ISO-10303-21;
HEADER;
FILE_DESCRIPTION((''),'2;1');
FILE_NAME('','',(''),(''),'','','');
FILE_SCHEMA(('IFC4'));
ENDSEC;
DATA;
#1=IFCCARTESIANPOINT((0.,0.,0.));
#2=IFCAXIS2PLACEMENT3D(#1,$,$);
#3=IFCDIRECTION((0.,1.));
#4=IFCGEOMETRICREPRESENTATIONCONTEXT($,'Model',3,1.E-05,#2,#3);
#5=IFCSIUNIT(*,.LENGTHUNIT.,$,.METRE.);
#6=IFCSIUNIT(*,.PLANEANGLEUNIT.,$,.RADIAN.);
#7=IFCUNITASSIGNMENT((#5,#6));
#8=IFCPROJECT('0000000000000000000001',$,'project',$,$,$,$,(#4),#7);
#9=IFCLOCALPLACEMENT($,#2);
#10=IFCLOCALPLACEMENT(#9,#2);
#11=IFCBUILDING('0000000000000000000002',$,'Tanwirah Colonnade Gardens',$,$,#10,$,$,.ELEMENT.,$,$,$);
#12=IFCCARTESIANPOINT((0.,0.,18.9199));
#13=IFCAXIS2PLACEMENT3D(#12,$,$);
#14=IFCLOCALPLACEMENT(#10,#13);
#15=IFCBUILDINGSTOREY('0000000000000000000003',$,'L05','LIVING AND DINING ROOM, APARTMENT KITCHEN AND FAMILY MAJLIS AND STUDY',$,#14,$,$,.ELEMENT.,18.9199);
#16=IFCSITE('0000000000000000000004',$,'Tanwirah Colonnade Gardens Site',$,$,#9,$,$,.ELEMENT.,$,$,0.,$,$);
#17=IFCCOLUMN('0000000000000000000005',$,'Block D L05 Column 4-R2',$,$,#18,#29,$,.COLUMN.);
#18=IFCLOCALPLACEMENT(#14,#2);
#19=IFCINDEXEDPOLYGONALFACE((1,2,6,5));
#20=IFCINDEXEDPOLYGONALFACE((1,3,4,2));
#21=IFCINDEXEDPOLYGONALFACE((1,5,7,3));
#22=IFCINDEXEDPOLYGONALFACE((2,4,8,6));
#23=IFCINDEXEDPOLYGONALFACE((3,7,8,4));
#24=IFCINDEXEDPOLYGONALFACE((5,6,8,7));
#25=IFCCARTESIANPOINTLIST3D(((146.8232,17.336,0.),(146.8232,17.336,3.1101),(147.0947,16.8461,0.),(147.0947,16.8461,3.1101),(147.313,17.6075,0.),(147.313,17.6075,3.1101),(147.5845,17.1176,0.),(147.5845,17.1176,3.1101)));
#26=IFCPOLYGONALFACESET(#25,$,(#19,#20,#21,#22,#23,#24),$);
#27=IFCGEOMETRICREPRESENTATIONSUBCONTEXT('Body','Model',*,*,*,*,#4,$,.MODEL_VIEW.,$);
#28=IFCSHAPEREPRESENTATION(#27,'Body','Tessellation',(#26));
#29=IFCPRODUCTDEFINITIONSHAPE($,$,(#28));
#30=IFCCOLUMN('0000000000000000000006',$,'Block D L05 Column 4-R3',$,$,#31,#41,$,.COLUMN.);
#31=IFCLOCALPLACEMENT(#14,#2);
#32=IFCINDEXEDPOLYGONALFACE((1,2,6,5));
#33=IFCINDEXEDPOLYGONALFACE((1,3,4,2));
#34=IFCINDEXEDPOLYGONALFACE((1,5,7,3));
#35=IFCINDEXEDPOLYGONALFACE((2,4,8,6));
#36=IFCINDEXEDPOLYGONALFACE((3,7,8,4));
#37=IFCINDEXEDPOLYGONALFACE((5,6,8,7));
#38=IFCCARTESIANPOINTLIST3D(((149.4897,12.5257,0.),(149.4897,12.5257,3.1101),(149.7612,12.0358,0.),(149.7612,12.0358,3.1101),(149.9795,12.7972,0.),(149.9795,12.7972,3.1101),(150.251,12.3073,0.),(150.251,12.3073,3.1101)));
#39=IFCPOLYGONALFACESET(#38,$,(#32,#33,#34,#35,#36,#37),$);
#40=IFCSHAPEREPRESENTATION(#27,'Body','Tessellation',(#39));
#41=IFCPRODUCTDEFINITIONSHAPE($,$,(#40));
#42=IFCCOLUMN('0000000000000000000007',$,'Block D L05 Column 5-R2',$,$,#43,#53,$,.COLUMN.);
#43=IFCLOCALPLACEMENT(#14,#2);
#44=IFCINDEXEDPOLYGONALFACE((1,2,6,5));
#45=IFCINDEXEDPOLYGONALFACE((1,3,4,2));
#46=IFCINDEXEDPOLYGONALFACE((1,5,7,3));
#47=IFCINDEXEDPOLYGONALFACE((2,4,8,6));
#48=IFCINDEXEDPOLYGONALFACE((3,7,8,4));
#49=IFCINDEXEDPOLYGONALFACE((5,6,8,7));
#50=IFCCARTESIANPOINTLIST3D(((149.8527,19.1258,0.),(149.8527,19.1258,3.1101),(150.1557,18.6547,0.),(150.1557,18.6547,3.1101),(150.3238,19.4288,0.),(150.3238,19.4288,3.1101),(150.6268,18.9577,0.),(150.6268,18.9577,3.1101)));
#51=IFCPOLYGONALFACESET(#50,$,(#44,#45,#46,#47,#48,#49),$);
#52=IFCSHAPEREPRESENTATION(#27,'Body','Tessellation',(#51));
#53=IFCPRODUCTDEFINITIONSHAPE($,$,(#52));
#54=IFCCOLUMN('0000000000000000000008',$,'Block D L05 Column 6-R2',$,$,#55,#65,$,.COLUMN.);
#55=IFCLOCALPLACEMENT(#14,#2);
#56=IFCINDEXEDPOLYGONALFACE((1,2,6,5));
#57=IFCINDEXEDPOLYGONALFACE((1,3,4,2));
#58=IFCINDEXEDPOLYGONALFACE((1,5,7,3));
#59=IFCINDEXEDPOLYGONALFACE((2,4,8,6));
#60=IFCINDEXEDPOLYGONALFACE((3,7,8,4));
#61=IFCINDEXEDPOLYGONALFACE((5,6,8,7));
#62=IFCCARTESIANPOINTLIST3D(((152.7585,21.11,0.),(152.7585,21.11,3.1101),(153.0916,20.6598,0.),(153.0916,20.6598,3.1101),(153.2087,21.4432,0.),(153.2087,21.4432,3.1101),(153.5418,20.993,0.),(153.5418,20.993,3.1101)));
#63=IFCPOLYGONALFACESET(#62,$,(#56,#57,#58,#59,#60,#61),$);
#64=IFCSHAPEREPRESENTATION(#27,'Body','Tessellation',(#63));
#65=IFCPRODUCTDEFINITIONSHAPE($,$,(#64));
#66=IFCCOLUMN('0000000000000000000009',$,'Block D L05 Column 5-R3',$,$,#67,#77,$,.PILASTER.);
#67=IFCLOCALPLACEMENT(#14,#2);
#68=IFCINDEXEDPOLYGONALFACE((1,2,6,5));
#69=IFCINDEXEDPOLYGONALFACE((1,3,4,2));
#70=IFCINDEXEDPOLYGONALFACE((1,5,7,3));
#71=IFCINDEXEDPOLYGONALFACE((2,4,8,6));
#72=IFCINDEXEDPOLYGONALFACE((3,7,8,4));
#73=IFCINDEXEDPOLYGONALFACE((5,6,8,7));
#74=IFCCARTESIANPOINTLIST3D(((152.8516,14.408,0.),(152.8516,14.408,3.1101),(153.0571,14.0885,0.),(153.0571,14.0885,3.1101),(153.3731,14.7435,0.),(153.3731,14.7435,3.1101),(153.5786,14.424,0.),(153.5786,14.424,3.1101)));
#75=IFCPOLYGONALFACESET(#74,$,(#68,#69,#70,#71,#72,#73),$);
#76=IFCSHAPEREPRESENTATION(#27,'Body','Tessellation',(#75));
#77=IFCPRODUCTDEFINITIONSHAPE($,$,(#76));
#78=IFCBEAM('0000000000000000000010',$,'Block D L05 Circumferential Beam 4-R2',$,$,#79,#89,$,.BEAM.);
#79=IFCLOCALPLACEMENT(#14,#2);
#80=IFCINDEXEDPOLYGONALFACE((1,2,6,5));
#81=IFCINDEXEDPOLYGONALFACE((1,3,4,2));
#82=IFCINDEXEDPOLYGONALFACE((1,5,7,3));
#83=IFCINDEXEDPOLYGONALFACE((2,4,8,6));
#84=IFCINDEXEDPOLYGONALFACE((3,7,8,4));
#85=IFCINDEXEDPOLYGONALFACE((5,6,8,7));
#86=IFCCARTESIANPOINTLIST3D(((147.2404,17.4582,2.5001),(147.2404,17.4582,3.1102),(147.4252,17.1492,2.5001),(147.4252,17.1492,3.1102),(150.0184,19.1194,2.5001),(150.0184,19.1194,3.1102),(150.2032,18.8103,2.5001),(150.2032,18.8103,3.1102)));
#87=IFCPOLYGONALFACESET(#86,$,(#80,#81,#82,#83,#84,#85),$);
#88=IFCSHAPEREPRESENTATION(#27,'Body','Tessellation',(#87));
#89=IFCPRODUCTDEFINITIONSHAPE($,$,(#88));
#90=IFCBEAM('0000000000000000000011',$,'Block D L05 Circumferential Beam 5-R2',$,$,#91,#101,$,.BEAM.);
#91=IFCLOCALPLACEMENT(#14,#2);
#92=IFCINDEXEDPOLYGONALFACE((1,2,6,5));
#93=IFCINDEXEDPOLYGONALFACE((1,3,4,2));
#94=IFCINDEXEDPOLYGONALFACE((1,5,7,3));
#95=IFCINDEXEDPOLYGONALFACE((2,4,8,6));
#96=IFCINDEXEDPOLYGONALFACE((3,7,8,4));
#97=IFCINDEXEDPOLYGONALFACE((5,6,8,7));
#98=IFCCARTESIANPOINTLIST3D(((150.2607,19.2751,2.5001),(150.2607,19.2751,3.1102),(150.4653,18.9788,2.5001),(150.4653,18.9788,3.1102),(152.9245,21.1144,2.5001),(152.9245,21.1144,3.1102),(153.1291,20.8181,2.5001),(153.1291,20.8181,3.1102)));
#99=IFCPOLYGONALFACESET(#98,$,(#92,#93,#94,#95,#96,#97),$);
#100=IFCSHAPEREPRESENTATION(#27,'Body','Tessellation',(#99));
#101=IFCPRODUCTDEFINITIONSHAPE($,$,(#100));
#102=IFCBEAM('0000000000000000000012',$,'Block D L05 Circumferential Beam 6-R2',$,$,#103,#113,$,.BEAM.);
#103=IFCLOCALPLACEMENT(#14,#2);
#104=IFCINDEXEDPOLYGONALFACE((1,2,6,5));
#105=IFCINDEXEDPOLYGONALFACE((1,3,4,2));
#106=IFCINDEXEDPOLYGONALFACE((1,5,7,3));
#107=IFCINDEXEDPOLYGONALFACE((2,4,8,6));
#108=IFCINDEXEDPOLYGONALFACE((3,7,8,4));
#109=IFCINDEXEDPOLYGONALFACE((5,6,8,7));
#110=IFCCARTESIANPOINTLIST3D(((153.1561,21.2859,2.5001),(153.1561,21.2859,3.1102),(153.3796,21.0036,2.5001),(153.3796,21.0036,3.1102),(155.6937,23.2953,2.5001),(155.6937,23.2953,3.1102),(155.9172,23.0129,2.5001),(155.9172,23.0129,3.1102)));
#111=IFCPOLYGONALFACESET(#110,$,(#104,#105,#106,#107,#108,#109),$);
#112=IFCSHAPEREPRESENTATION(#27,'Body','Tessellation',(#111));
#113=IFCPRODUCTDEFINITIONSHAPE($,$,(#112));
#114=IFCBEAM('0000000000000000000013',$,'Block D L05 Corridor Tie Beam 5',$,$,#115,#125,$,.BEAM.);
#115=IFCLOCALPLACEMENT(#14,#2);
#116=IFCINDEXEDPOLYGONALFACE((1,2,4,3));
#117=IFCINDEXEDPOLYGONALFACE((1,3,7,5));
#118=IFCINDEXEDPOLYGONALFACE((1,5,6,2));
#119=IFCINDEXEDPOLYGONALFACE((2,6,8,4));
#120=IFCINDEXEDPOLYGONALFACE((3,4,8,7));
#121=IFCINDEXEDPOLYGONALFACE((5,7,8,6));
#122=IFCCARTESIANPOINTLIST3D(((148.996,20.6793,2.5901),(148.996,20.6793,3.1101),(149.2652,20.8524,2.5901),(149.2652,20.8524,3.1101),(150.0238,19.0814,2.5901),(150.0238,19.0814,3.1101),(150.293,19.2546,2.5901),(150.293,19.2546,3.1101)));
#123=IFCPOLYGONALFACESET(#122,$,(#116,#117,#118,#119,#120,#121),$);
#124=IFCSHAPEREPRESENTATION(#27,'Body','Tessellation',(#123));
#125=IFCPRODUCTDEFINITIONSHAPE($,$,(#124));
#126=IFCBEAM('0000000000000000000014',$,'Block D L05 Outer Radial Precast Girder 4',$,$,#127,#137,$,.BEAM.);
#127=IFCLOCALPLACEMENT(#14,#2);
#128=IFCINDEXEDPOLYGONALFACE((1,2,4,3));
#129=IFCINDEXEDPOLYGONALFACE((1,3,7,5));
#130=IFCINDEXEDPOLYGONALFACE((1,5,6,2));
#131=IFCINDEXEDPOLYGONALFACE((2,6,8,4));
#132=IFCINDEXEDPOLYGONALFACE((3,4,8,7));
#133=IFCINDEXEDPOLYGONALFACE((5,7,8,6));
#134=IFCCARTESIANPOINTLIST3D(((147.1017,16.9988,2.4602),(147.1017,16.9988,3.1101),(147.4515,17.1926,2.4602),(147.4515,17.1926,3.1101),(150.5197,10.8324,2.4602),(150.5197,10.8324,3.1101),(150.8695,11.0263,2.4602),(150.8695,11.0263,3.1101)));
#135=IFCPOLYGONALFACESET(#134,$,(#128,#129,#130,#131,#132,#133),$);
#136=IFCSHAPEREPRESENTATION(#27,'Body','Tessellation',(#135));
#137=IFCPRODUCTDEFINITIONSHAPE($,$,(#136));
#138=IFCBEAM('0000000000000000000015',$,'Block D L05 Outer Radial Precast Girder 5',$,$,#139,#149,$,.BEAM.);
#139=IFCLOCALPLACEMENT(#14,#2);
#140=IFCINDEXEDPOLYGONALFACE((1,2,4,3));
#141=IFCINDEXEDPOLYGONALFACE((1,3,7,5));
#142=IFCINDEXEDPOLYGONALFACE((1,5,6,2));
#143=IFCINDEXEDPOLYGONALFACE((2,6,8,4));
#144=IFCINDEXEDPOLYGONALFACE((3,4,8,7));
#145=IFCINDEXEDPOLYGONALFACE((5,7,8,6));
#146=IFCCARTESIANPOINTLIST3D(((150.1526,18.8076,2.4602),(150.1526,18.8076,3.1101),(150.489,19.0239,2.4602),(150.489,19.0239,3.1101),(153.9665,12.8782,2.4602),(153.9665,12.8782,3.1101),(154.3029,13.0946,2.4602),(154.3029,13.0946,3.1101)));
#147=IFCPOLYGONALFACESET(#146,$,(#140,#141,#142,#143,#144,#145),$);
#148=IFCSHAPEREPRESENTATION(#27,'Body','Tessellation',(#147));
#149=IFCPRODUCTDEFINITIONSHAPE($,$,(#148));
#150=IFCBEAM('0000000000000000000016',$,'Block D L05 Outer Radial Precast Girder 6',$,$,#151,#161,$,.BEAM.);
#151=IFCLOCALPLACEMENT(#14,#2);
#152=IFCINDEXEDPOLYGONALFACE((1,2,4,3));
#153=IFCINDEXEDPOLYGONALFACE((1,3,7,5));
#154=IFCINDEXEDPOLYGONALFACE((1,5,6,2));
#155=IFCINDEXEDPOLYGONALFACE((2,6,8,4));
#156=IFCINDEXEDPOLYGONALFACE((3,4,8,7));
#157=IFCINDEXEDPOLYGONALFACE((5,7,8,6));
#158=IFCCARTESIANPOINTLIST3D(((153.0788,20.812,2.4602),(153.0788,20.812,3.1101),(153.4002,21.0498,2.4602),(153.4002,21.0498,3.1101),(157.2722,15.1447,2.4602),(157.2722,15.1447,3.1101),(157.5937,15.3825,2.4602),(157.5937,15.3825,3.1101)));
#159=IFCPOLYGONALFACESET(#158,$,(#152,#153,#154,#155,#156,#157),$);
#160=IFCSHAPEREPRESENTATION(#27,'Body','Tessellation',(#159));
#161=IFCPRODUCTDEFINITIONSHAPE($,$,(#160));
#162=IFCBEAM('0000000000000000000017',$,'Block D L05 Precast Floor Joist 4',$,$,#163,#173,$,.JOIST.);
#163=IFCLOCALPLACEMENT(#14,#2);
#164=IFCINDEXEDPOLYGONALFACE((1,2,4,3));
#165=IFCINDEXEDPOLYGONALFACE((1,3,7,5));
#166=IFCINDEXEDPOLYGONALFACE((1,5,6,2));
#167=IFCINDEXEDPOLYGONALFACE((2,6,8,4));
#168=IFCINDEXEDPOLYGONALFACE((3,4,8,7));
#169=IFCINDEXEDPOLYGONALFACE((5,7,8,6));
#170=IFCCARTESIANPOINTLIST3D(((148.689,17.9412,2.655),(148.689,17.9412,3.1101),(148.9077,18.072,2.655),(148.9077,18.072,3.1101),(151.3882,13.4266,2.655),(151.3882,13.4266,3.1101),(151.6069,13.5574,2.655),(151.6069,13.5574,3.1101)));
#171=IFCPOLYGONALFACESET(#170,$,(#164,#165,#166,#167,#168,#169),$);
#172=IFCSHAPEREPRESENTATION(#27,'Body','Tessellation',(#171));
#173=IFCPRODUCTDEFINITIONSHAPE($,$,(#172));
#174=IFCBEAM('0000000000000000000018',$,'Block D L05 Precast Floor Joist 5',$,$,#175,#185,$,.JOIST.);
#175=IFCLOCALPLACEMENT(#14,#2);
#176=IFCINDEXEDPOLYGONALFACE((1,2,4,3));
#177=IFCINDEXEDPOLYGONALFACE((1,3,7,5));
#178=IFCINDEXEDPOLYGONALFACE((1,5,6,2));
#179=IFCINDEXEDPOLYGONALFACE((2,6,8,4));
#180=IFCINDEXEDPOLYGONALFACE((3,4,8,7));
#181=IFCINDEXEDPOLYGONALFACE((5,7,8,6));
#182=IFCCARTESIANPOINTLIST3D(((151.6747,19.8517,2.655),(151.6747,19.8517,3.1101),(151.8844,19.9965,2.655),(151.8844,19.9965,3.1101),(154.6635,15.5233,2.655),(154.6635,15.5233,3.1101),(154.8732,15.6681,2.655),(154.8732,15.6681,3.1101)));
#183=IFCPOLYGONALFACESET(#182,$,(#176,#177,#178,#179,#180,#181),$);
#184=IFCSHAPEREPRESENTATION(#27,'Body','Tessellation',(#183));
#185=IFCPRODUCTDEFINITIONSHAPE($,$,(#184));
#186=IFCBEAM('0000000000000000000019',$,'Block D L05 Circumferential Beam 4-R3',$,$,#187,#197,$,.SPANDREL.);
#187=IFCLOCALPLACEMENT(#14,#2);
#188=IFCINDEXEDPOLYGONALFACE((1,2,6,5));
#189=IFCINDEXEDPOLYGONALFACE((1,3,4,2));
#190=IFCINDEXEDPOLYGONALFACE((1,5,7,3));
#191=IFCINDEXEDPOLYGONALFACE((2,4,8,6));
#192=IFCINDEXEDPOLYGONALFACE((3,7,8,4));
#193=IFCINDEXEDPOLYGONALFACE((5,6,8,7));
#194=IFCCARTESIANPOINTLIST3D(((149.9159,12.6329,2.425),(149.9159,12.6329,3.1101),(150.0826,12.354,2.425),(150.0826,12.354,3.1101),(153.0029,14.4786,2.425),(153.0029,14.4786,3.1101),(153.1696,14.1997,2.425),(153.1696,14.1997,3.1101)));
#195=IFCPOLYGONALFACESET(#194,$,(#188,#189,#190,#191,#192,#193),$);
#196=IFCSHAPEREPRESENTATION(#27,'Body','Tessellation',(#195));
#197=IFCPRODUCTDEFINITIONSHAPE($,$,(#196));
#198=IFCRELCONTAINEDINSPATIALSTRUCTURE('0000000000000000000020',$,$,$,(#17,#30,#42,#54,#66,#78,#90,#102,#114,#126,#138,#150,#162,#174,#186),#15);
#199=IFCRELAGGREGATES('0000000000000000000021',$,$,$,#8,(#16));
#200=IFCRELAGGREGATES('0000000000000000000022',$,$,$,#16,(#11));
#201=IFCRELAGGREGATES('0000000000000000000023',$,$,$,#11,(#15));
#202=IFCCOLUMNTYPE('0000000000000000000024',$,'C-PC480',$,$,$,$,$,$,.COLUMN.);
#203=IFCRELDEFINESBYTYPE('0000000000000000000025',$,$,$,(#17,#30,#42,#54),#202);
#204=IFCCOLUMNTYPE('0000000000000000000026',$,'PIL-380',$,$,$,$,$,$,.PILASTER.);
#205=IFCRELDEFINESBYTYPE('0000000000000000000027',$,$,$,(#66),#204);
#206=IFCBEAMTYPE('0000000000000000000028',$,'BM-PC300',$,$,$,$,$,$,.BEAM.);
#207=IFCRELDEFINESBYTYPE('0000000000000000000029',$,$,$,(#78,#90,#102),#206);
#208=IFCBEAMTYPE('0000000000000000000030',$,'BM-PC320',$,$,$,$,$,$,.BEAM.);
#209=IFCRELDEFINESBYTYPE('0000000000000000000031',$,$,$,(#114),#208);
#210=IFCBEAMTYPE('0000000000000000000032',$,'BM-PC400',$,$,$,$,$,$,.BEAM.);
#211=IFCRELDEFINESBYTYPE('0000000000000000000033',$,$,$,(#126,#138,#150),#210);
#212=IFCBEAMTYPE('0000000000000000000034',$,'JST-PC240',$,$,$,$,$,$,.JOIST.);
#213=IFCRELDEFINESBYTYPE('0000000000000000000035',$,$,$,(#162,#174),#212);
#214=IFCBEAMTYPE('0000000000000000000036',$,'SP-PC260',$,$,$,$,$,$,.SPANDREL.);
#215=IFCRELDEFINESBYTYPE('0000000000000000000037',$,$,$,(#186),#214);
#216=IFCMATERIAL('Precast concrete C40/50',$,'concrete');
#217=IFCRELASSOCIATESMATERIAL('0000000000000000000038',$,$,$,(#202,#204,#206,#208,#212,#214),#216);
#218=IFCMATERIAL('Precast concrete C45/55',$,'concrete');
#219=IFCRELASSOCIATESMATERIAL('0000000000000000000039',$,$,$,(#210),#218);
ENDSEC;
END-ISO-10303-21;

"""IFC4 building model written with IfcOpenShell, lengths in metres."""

from ifc_helpers import new_model, si_unit, direction, frame, origin, origin_2d, place, context, subcontext, project, spatial, rectangle, extrude, material, material_profile, profile_set, type_object, element, save


model = new_model("IFC4")

# Units and contexts
model_context = context("Model", 3, precision=1e-05, world=origin(), true_north=direction((0.0, 1.0)))
body_context = subcontext(model_context, "Body", "Model", "MODEL_VIEW")
ifc_project = project(units=[si_unit("LENGTHUNIT", "METRE"), si_unit("PLANEANGLEUNIT", "RADIAN")], contexts=[model_context])

# Site, building, storey
site_placement = place(None, origin())
site = spatial("IfcSite", under=ifc_project, at=site_placement, Name="Tanwirah Colonnade Gardens Site", CompositionType="ELEMENT", RefElevation=0.0)
building_placement = place(site_placement, origin())
building = spatial("IfcBuilding", under=site, at=building_placement, Name="Tanwirah Colonnade Gardens", CompositionType="ELEMENT")
storey_placement = place(building_placement, frame((0.0, 0.0, 18.9199)))
storey = spatial("IfcBuildingStorey", under=building, at=storey_placement, Name="L05", Description="LIVING AND DINING ROOM, APARTMENT KITCHEN AND FAMILY MAJLIS AND STUDY", CompositionType="ELEMENT", Elevation=18.9199)

# Columns
ifc_material_1 = material(Name="Precast concrete C40/50", Category="concrete")
ifc_material_profile_1 = material_profile(ifc_material_1, rectangle(XDim=0.5601, YDim=0.5601, at=origin_2d()), Name="PC-COL 560x560")
ifc_profile_set_1 = profile_set([ifc_material_profile_1], Name="Precast concrete C40/50")
column_type_1 = type_object("IfcColumnType", Name="C-PC480", PredefinedType="COLUMN", material=ifc_profile_set_1)
for number, where, z_axis, x_axis, name in (
    (1, (147.2039, 17.2268, 0.0), (0.0, 0.0, 1.0), (0.48481, -0.87462, 0.0), "Block D L05 Column 4-R2"),
    (2, (149.8704, 12.4165, 0.0), (0.0, 0.0, 1.0), (0.48481, -0.87462, 0.0), "Block D L05 Column 4-R3"),
    (3, (150.2397, 19.0417, 0.0), (0.0, 0.0, 1.0), (0.540974, -0.841039, 0.0), "Block D L05 Column 5-R2"),
    (4, (153.1501, 21.0515, 0.0), (0.0, 0.0, 1.0), (0.594823, -0.803857, 0.0), "Block D L05 Column 6-R2"),
):
    element("IfcColumn", number, at=place(storey_placement, frame(where, z_axis=z_axis, x_axis=x_axis)), inside=storey, type_object=column_type_1, Name=name, PredefinedType="COLUMN", context=body_context, shape_type="SweptSolid", body=[
        extrude(rectangle(XDim=0.5601, YDim=0.5601, at=origin_2d()), origin(), (0.0, 0.0, 1.0), 3.1101),
    ])
ifc_material_profile_2 = material_profile(ifc_material_1, rectangle(XDim=0.3799, YDim=0.6201, at=origin_2d()), Name="PC-PIL 380x620")
ifc_profile_set_2 = profile_set([ifc_material_profile_2], Name="Precast concrete C40/50")
column_type_2 = type_object("IfcColumnType", Name="PIL-380", PredefinedType="PILASTER", material=ifc_profile_set_2)
column_placement = place(storey_placement, frame((153.2151, 14.416, 0.0), z_axis=(0.0, 0.0, 1.0), x_axis=(0.540974, -0.841039, 0.0)))
element("IfcColumn", 5, at=column_placement, inside=storey, type_object=column_type_2, Name="Block D L05 Column 5-R3", PredefinedType="PILASTER", context=body_context, shape_type="SweptSolid", body=[
    extrude(rectangle(XDim=0.3799, YDim=0.6201, at=origin_2d()), origin(), (0.0, 0.0, 1.0), 3.1101),
])

# Beams
ifc_material_profile_3 = material_profile(ifc_material_1, rectangle(XDim=0.3601, YDim=0.6101, at=origin_2d()), Name="PC-BM 360x610")
ifc_profile_set_3 = profile_set([ifc_material_profile_3], Name="Precast concrete C40/50")
beam_type_1 = type_object("IfcBeamType", Name="BM-PC300", PredefinedType="BEAM", material=ifc_profile_set_3)
beam_1_placement = place(storey_placement, frame((147.3328, 17.3037, 2.8052), z_axis=(0.858271, 0.513197, 0.0), x_axis=(-0.513197, 0.858271, 0.0)))
element("IfcBeam", 6, at=beam_1_placement, inside=storey, type_object=beam_type_1, Name="Block D L05 Circumferential Beam 4-R2", PredefinedType="BEAM", context=body_context, shape_type="SweptSolid", body=[
    extrude(rectangle(XDim=0.3601, YDim=0.6101, at=origin_2d()), origin(), (0.0, 0.0, 1.0), 3.2368),
])
beam_2_placement = place(storey_placement, frame((150.363, 19.127, 2.8052), z_axis=(0.822889, 0.568202, 0.0), x_axis=(-0.568202, 0.822889, 0.0)))
element("IfcBeam", 7, at=beam_2_placement, inside=storey, type_object=beam_type_1, Name="Block D L05 Circumferential Beam 5-R2", PredefinedType="BEAM", context=body_context, shape_type="SweptSolid", body=[
    extrude(rectangle(XDim=0.3601, YDim=0.6101, at=origin_2d()), origin(), (0.0, 0.0, 1.0), 3.2371),
])
beam_3_placement = place(storey_placement, frame((153.2678, 21.1448, 2.8052), z_axis=(0.783994, 0.620769, 0.0), x_axis=(-0.620769, 0.783994, 0.0)))
element("IfcBeam", 8, at=beam_3_placement, inside=storey, type_object=beam_type_1, Name="Block D L05 Circumferential Beam 6-R2", PredefinedType="BEAM", context=body_context, shape_type="SweptSolid", body=[
    extrude(rectangle(XDim=0.3601, YDim=0.6101, at=origin_2d()), origin(), (0.0, 0.0, 1.0), 3.2368),
])
ifc_material_profile_4 = material_profile(ifc_material_1, rectangle(XDim=0.3201, YDim=0.52, at=origin_2d()), Name="PC-BM 320x520")
ifc_profile_set_4 = profile_set([ifc_material_profile_4], Name="Precast concrete C40/50")
beam_type_2 = type_object("IfcBeamType", Name="BM-PC320", PredefinedType="BEAM", material=ifc_profile_set_4)
beam_4_placement = place(storey_placement, frame((149.1306, 20.7659, 2.8501), z_axis=(0.540985, -0.841032, 0.0), x_axis=(0.841032, 0.540985, 0.0)))
element("IfcBeam", 9, at=beam_4_placement, inside=storey, type_object=beam_type_2, Name="Block D L05 Corridor Tie Beam 5", PredefinedType="BEAM", context=body_context, shape_type="SweptSolid", body=[
    extrude(rectangle(XDim=0.3201, YDim=0.52, at=origin_2d()), origin(), (0.0, 0.0, 1.0), 1.8999),
])
ifc_material_2 = material(Name="Precast concrete C45/55", Category="concrete")
ifc_material_profile_5 = material_profile(ifc_material_2, rectangle(XDim=0.3999, YDim=0.6499, at=origin_2d()), Name="PC-BM 400x650")
ifc_profile_set_5 = profile_set([ifc_material_profile_5], Name="Precast concrete C45/55")
beam_type_3 = type_object("IfcBeamType", Name="BM-PC400", PredefinedType="BEAM", material=ifc_profile_set_5)
beam_5_placement = place(storey_placement, frame((147.2766, 17.0957, 2.7852), z_axis=(0.484805, -0.874622, 0.0), x_axis=(0.874622, 0.484805, 0.0)))
element("IfcBeam", 10, at=beam_5_placement, inside=storey, type_object=beam_type_3, Name="Block D L05 Outer Radial Precast Girder 4", PredefinedType="BEAM", context=body_context, shape_type="SweptSolid", body=[
    extrude(rectangle(XDim=0.3999, YDim=0.6499, at=origin_2d()), origin(), (0.0, 0.0, 1.0), 7.0503),
])
for number, where, z_axis, x_axis, name in (
    (11, (150.3208, 18.9158, 2.7852), (0.540976, -0.841038, 0.0), (0.841038, 0.540976, 0.0), "Block D L05 Outer Radial Precast Girder 5"),
    (12, (153.2395, 20.9309, 2.7852), (0.594807, -0.803869, 0.0), (0.803869, 0.594807, 0.0), "Block D L05 Outer Radial Precast Girder 6"),
):
    element("IfcBeam", number, at=place(storey_placement, frame(where, z_axis=z_axis, x_axis=x_axis)), inside=storey, type_object=beam_type_3, Name=name, PredefinedType="BEAM", context=body_context, shape_type="SweptSolid", body=[
        extrude(rectangle(XDim=0.3999, YDim=0.6499, at=origin_2d()), origin(), (0.0, 0.0, 1.0), 7.05),
    ])
ifc_material_profile_6 = material_profile(ifc_material_1, rectangle(XDim=0.2549, YDim=0.4551, at=origin_2d()), Name="PC-JST 255x455")
ifc_profile_set_6 = profile_set([ifc_material_profile_6], Name="Precast concrete C40/50")
beam_type_4 = type_object("IfcBeamType", Name="JST-PC240", PredefinedType="JOIST", material=ifc_profile_set_6)
for number, where, z_axis, x_axis, name in (
    (13, (148.7983, 18.0066, 2.8826), (0.513157, -0.858295, 0.0), (0.858295, 0.513157, 0.0), "Block D L05 Precast Floor Joist 4"),
    (14, (151.7795, 19.9241, 2.8826), (0.568208, -0.822885, 0.0), (0.822885, 0.568208, 0.0), "Block D L05 Precast Floor Joist 5"),
):
    element("IfcBeam", number, at=place(storey_placement, frame(where, z_axis=z_axis, x_axis=x_axis)), inside=storey, type_object=beam_type_4, Name=name, PredefinedType="JOIST", context=body_context, shape_type="SweptSolid", body=[
        extrude(rectangle(XDim=0.2549, YDim=0.4551, at=origin_2d()), origin(), (0.0, 0.0, 1.0), 5.26),
    ])
ifc_material_profile_7 = material_profile(ifc_material_1, rectangle(XDim=0.325, YDim=0.6851, at=origin_2d()), Name="PC-SP 325x685")
ifc_profile_set_7 = profile_set([ifc_material_profile_7], Name="Precast concrete C40/50")
beam_type_5 = type_object("IfcBeamType", Name="SP-PC260", PredefinedType="SPANDREL", material=ifc_profile_set_7)
beam_6_placement = place(storey_placement, frame((149.9993, 12.4934, 2.7676), z_axis=(0.858283, 0.513177, 0.0), x_axis=(-0.513177, 0.858283, 0.0)))
element("IfcBeam", 15, at=beam_6_placement, inside=storey, type_object=beam_type_5, Name="Block D L05 Circumferential Beam 4-R3", PredefinedType="SPANDREL", context=body_context, shape_type="SweptSolid", body=[
    extrude(rectangle(XDim=0.325, YDim=0.6851, at=origin_2d()), origin(), (0.0, 0.0, 1.0), 3.5967),
])

save(model, "model.ifc")
